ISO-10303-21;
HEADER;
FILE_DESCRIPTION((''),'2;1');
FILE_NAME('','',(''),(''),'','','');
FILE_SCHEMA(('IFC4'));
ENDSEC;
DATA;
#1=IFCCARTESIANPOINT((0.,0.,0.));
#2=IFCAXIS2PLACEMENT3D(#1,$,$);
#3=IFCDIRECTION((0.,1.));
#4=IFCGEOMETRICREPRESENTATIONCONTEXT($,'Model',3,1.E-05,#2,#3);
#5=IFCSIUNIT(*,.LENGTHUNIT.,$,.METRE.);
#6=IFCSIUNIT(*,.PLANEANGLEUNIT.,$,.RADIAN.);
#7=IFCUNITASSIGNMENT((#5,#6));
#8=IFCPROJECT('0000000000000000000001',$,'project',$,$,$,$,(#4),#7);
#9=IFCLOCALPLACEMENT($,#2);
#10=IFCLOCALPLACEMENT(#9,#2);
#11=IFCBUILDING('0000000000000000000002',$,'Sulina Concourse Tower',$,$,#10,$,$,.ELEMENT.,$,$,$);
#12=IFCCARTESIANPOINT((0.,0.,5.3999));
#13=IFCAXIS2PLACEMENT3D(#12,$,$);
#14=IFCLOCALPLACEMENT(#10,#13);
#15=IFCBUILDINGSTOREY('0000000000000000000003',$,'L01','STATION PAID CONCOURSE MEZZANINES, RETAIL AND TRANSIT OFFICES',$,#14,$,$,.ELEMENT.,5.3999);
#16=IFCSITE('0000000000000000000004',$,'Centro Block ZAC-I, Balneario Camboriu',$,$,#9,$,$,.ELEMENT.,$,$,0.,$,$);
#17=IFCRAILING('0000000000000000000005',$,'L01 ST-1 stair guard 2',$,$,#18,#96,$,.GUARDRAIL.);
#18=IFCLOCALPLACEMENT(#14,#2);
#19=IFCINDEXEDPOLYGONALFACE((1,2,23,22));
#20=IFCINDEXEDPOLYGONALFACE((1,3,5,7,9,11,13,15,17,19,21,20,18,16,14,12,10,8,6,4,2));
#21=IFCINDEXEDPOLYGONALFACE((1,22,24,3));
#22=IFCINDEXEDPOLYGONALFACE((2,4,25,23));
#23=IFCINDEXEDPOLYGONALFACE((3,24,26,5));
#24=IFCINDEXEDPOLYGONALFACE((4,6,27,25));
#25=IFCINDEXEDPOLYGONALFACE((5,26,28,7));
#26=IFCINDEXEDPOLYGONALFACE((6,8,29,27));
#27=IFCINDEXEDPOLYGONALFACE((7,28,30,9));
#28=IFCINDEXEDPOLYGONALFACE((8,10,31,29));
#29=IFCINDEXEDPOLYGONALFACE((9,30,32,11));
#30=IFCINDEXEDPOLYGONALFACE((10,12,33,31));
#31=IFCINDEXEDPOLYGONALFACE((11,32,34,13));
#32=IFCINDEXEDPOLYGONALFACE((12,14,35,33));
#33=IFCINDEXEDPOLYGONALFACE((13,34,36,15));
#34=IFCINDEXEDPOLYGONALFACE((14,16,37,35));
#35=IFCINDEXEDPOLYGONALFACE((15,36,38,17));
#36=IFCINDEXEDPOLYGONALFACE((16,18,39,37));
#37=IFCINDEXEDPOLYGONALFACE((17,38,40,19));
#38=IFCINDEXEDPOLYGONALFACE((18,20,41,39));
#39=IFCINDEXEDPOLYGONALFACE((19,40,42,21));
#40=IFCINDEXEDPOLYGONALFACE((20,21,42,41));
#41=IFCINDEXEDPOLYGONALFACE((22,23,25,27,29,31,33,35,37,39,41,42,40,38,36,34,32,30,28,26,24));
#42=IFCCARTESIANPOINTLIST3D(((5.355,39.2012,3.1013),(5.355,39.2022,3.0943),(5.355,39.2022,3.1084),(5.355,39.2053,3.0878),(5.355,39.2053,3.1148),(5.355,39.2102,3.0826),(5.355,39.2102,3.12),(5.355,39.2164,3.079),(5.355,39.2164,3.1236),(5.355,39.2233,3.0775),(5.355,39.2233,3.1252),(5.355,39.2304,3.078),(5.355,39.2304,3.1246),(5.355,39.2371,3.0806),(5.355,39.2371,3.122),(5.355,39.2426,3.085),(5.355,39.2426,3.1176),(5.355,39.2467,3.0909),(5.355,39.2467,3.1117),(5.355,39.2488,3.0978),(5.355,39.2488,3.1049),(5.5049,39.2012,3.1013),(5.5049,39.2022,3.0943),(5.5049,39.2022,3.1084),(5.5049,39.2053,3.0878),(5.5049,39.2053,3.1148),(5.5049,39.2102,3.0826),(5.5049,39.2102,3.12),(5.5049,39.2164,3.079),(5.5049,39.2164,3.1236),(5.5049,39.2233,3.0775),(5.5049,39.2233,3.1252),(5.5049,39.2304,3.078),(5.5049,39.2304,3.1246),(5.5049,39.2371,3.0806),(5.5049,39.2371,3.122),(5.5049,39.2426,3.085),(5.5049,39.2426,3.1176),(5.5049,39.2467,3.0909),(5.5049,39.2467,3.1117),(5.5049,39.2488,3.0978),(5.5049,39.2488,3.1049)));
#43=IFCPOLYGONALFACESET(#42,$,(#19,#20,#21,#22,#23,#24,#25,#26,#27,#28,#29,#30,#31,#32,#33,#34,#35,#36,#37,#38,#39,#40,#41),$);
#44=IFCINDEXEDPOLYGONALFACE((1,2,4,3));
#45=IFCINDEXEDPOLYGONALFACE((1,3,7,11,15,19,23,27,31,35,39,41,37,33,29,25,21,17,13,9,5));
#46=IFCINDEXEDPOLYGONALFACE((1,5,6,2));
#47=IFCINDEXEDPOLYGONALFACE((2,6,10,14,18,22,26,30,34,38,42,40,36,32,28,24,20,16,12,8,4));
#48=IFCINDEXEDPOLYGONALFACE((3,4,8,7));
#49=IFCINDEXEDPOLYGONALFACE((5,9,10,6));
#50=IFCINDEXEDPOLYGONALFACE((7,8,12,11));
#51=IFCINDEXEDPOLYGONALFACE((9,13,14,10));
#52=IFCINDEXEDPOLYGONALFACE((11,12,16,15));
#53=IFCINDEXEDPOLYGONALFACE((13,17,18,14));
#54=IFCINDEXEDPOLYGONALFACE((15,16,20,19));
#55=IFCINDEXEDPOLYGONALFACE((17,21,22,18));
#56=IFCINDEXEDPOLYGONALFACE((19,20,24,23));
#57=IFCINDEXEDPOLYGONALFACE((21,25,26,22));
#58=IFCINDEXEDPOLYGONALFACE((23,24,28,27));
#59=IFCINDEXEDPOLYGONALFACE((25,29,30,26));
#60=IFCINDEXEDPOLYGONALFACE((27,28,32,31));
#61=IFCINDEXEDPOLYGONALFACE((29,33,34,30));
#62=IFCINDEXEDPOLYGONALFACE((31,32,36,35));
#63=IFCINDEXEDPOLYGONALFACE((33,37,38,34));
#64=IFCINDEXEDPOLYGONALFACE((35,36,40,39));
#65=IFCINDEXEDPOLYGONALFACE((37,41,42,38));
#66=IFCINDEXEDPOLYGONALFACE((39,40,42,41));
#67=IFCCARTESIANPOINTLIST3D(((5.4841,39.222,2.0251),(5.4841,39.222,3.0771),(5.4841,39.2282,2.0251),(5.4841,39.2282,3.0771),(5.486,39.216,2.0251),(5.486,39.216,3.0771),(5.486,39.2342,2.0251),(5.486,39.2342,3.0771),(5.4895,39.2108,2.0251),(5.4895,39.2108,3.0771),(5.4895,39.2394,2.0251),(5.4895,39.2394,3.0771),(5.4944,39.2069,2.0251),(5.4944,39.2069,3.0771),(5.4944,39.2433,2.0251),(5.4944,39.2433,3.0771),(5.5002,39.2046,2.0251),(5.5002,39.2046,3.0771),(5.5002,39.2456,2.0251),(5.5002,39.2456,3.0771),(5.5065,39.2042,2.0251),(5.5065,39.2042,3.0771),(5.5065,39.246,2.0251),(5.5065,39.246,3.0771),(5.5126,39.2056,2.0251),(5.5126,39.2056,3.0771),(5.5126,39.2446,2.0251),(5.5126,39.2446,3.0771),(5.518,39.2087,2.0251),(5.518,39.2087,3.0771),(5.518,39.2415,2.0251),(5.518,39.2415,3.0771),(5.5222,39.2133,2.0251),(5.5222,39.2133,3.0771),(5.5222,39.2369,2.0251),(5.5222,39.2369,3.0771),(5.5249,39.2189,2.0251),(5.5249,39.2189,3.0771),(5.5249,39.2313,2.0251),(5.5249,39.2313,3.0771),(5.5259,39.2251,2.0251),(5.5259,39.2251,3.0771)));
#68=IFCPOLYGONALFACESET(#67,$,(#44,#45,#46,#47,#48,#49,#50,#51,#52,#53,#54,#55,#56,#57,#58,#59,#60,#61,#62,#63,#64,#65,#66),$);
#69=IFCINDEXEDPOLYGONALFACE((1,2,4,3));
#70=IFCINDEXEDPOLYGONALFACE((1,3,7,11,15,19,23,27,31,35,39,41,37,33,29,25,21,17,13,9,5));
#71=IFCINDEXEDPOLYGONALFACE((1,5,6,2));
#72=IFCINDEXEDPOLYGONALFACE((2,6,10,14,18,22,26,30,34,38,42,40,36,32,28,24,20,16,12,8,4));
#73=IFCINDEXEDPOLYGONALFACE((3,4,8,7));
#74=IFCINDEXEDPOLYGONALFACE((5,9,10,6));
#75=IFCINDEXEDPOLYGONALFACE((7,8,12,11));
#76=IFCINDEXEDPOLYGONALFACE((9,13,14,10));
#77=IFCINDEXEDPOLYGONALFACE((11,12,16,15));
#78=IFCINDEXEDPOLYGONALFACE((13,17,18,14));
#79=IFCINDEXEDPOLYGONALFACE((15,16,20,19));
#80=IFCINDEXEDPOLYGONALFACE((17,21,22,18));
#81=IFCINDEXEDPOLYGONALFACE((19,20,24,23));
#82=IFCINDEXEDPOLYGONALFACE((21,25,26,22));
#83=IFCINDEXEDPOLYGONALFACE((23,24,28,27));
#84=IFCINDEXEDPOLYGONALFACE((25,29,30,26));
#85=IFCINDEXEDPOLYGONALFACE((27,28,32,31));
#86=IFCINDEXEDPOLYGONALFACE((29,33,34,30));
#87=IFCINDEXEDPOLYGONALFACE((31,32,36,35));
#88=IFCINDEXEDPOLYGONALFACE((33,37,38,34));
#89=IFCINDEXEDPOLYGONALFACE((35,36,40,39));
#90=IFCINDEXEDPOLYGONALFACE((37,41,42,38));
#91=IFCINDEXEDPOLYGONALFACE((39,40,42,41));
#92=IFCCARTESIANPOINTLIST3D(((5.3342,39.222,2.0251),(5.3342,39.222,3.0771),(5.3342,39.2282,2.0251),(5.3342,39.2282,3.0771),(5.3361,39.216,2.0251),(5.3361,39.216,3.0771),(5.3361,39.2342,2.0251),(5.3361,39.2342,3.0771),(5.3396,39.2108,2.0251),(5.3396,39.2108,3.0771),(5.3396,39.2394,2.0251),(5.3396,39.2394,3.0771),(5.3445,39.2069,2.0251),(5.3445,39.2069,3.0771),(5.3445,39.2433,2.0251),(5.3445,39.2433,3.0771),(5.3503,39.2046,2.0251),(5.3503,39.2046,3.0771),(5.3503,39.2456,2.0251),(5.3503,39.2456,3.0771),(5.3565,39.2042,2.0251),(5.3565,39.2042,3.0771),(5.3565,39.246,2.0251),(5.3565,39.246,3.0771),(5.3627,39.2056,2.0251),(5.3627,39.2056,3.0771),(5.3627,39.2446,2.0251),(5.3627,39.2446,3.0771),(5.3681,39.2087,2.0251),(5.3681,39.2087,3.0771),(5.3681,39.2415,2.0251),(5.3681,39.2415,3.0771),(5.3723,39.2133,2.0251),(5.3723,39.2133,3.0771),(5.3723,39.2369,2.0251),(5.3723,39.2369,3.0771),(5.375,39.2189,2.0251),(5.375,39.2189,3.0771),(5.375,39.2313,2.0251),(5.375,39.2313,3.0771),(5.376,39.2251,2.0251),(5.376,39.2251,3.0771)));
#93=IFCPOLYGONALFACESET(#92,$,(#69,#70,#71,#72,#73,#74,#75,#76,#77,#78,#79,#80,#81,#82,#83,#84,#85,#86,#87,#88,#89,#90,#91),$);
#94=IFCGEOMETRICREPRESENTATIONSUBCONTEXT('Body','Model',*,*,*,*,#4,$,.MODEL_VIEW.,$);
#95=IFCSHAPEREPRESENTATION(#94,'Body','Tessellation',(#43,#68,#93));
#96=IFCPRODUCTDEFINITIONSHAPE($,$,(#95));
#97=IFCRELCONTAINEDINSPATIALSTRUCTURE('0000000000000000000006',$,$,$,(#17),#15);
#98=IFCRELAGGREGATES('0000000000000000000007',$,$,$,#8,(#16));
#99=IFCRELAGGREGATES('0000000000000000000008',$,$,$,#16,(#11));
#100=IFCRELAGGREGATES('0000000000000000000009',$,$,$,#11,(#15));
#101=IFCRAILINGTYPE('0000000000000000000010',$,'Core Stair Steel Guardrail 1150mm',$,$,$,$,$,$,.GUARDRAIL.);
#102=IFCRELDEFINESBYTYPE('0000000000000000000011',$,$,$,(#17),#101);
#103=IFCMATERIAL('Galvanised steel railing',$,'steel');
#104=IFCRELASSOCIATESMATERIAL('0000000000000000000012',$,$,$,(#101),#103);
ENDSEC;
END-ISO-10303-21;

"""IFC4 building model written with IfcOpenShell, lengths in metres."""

from ifc_helpers import new_model, si_unit, direction, frame, origin, origin_2d, place, context, subcontext, project, spatial, circle, extrude, material, type_object, element, save


model = new_model("IFC4")

# Units and contexts
model_context = context("Model", 3, precision=1e-05, world=origin(), true_north=direction((0.0, 1.0)))
body_context = subcontext(model_context, "Body", "Model", "MODEL_VIEW")
ifc_project = project(units=[si_unit("LENGTHUNIT", "METRE"), si_unit("PLANEANGLEUNIT", "RADIAN")], contexts=[model_context])

# Site, building, storey
site_placement = place(None, origin())
site = spatial("IfcSite", under=ifc_project, at=site_placement, Name="Centro Block ZAC-I, Balneario Camboriu", CompositionType="ELEMENT", RefElevation=0.0)
building_placement = place(site_placement, origin())
building = spatial("IfcBuilding", under=site, at=building_placement, Name="Sulina Concourse Tower", CompositionType="ELEMENT")
storey_placement = place(building_placement, frame((0.0, 0.0, 5.3999)))
storey = spatial("IfcBuildingStorey", under=building, at=storey_placement, Name="L01", Description="STATION PAID CONCOURSE MEZZANINES, RETAIL AND TRANSIT OFFICES", CompositionType="ELEMENT", Elevation=5.3999)

# Railing
ifc_material_1 = material(Name="Galvanised steel railing", Category="steel")
railing_type_1 = type_object("IfcRailingType", Name="Core Stair Steel Guardrail 1150mm", PredefinedType="GUARDRAIL", material=ifc_material_1)
railing_1_placement = place(storey_placement, frame((5.5049, 39.2251, 2.0251)))
element("IfcRailing", 1, at=railing_1_placement, inside=storey, type_object=railing_type_1, Name="L01 ST-1 stair guard 2", PredefinedType="GUARDRAIL", context=body_context, shape_type="SweptSolid", body=[
    extrude(circle(Radius=0.0239, at=origin_2d()), frame((0.0, 0.0, 1.0762), z_axis=(-1.0, 0.0, 0.0), x_axis=(0.0, -1.0, 0.0)), (0.0, 0.0, 1.0), 0.1499),
    extrude(circle(Radius=0.021, at=origin_2d()), origin(), (0.0, 0.0, 1.0), 1.052),
    extrude(circle(Radius=0.021, at=origin_2d()), frame((-0.1499, 0.0, 0.0)), (0.0, 0.0, 1.0), 1.052),
])

save(model, "model.ifc")
